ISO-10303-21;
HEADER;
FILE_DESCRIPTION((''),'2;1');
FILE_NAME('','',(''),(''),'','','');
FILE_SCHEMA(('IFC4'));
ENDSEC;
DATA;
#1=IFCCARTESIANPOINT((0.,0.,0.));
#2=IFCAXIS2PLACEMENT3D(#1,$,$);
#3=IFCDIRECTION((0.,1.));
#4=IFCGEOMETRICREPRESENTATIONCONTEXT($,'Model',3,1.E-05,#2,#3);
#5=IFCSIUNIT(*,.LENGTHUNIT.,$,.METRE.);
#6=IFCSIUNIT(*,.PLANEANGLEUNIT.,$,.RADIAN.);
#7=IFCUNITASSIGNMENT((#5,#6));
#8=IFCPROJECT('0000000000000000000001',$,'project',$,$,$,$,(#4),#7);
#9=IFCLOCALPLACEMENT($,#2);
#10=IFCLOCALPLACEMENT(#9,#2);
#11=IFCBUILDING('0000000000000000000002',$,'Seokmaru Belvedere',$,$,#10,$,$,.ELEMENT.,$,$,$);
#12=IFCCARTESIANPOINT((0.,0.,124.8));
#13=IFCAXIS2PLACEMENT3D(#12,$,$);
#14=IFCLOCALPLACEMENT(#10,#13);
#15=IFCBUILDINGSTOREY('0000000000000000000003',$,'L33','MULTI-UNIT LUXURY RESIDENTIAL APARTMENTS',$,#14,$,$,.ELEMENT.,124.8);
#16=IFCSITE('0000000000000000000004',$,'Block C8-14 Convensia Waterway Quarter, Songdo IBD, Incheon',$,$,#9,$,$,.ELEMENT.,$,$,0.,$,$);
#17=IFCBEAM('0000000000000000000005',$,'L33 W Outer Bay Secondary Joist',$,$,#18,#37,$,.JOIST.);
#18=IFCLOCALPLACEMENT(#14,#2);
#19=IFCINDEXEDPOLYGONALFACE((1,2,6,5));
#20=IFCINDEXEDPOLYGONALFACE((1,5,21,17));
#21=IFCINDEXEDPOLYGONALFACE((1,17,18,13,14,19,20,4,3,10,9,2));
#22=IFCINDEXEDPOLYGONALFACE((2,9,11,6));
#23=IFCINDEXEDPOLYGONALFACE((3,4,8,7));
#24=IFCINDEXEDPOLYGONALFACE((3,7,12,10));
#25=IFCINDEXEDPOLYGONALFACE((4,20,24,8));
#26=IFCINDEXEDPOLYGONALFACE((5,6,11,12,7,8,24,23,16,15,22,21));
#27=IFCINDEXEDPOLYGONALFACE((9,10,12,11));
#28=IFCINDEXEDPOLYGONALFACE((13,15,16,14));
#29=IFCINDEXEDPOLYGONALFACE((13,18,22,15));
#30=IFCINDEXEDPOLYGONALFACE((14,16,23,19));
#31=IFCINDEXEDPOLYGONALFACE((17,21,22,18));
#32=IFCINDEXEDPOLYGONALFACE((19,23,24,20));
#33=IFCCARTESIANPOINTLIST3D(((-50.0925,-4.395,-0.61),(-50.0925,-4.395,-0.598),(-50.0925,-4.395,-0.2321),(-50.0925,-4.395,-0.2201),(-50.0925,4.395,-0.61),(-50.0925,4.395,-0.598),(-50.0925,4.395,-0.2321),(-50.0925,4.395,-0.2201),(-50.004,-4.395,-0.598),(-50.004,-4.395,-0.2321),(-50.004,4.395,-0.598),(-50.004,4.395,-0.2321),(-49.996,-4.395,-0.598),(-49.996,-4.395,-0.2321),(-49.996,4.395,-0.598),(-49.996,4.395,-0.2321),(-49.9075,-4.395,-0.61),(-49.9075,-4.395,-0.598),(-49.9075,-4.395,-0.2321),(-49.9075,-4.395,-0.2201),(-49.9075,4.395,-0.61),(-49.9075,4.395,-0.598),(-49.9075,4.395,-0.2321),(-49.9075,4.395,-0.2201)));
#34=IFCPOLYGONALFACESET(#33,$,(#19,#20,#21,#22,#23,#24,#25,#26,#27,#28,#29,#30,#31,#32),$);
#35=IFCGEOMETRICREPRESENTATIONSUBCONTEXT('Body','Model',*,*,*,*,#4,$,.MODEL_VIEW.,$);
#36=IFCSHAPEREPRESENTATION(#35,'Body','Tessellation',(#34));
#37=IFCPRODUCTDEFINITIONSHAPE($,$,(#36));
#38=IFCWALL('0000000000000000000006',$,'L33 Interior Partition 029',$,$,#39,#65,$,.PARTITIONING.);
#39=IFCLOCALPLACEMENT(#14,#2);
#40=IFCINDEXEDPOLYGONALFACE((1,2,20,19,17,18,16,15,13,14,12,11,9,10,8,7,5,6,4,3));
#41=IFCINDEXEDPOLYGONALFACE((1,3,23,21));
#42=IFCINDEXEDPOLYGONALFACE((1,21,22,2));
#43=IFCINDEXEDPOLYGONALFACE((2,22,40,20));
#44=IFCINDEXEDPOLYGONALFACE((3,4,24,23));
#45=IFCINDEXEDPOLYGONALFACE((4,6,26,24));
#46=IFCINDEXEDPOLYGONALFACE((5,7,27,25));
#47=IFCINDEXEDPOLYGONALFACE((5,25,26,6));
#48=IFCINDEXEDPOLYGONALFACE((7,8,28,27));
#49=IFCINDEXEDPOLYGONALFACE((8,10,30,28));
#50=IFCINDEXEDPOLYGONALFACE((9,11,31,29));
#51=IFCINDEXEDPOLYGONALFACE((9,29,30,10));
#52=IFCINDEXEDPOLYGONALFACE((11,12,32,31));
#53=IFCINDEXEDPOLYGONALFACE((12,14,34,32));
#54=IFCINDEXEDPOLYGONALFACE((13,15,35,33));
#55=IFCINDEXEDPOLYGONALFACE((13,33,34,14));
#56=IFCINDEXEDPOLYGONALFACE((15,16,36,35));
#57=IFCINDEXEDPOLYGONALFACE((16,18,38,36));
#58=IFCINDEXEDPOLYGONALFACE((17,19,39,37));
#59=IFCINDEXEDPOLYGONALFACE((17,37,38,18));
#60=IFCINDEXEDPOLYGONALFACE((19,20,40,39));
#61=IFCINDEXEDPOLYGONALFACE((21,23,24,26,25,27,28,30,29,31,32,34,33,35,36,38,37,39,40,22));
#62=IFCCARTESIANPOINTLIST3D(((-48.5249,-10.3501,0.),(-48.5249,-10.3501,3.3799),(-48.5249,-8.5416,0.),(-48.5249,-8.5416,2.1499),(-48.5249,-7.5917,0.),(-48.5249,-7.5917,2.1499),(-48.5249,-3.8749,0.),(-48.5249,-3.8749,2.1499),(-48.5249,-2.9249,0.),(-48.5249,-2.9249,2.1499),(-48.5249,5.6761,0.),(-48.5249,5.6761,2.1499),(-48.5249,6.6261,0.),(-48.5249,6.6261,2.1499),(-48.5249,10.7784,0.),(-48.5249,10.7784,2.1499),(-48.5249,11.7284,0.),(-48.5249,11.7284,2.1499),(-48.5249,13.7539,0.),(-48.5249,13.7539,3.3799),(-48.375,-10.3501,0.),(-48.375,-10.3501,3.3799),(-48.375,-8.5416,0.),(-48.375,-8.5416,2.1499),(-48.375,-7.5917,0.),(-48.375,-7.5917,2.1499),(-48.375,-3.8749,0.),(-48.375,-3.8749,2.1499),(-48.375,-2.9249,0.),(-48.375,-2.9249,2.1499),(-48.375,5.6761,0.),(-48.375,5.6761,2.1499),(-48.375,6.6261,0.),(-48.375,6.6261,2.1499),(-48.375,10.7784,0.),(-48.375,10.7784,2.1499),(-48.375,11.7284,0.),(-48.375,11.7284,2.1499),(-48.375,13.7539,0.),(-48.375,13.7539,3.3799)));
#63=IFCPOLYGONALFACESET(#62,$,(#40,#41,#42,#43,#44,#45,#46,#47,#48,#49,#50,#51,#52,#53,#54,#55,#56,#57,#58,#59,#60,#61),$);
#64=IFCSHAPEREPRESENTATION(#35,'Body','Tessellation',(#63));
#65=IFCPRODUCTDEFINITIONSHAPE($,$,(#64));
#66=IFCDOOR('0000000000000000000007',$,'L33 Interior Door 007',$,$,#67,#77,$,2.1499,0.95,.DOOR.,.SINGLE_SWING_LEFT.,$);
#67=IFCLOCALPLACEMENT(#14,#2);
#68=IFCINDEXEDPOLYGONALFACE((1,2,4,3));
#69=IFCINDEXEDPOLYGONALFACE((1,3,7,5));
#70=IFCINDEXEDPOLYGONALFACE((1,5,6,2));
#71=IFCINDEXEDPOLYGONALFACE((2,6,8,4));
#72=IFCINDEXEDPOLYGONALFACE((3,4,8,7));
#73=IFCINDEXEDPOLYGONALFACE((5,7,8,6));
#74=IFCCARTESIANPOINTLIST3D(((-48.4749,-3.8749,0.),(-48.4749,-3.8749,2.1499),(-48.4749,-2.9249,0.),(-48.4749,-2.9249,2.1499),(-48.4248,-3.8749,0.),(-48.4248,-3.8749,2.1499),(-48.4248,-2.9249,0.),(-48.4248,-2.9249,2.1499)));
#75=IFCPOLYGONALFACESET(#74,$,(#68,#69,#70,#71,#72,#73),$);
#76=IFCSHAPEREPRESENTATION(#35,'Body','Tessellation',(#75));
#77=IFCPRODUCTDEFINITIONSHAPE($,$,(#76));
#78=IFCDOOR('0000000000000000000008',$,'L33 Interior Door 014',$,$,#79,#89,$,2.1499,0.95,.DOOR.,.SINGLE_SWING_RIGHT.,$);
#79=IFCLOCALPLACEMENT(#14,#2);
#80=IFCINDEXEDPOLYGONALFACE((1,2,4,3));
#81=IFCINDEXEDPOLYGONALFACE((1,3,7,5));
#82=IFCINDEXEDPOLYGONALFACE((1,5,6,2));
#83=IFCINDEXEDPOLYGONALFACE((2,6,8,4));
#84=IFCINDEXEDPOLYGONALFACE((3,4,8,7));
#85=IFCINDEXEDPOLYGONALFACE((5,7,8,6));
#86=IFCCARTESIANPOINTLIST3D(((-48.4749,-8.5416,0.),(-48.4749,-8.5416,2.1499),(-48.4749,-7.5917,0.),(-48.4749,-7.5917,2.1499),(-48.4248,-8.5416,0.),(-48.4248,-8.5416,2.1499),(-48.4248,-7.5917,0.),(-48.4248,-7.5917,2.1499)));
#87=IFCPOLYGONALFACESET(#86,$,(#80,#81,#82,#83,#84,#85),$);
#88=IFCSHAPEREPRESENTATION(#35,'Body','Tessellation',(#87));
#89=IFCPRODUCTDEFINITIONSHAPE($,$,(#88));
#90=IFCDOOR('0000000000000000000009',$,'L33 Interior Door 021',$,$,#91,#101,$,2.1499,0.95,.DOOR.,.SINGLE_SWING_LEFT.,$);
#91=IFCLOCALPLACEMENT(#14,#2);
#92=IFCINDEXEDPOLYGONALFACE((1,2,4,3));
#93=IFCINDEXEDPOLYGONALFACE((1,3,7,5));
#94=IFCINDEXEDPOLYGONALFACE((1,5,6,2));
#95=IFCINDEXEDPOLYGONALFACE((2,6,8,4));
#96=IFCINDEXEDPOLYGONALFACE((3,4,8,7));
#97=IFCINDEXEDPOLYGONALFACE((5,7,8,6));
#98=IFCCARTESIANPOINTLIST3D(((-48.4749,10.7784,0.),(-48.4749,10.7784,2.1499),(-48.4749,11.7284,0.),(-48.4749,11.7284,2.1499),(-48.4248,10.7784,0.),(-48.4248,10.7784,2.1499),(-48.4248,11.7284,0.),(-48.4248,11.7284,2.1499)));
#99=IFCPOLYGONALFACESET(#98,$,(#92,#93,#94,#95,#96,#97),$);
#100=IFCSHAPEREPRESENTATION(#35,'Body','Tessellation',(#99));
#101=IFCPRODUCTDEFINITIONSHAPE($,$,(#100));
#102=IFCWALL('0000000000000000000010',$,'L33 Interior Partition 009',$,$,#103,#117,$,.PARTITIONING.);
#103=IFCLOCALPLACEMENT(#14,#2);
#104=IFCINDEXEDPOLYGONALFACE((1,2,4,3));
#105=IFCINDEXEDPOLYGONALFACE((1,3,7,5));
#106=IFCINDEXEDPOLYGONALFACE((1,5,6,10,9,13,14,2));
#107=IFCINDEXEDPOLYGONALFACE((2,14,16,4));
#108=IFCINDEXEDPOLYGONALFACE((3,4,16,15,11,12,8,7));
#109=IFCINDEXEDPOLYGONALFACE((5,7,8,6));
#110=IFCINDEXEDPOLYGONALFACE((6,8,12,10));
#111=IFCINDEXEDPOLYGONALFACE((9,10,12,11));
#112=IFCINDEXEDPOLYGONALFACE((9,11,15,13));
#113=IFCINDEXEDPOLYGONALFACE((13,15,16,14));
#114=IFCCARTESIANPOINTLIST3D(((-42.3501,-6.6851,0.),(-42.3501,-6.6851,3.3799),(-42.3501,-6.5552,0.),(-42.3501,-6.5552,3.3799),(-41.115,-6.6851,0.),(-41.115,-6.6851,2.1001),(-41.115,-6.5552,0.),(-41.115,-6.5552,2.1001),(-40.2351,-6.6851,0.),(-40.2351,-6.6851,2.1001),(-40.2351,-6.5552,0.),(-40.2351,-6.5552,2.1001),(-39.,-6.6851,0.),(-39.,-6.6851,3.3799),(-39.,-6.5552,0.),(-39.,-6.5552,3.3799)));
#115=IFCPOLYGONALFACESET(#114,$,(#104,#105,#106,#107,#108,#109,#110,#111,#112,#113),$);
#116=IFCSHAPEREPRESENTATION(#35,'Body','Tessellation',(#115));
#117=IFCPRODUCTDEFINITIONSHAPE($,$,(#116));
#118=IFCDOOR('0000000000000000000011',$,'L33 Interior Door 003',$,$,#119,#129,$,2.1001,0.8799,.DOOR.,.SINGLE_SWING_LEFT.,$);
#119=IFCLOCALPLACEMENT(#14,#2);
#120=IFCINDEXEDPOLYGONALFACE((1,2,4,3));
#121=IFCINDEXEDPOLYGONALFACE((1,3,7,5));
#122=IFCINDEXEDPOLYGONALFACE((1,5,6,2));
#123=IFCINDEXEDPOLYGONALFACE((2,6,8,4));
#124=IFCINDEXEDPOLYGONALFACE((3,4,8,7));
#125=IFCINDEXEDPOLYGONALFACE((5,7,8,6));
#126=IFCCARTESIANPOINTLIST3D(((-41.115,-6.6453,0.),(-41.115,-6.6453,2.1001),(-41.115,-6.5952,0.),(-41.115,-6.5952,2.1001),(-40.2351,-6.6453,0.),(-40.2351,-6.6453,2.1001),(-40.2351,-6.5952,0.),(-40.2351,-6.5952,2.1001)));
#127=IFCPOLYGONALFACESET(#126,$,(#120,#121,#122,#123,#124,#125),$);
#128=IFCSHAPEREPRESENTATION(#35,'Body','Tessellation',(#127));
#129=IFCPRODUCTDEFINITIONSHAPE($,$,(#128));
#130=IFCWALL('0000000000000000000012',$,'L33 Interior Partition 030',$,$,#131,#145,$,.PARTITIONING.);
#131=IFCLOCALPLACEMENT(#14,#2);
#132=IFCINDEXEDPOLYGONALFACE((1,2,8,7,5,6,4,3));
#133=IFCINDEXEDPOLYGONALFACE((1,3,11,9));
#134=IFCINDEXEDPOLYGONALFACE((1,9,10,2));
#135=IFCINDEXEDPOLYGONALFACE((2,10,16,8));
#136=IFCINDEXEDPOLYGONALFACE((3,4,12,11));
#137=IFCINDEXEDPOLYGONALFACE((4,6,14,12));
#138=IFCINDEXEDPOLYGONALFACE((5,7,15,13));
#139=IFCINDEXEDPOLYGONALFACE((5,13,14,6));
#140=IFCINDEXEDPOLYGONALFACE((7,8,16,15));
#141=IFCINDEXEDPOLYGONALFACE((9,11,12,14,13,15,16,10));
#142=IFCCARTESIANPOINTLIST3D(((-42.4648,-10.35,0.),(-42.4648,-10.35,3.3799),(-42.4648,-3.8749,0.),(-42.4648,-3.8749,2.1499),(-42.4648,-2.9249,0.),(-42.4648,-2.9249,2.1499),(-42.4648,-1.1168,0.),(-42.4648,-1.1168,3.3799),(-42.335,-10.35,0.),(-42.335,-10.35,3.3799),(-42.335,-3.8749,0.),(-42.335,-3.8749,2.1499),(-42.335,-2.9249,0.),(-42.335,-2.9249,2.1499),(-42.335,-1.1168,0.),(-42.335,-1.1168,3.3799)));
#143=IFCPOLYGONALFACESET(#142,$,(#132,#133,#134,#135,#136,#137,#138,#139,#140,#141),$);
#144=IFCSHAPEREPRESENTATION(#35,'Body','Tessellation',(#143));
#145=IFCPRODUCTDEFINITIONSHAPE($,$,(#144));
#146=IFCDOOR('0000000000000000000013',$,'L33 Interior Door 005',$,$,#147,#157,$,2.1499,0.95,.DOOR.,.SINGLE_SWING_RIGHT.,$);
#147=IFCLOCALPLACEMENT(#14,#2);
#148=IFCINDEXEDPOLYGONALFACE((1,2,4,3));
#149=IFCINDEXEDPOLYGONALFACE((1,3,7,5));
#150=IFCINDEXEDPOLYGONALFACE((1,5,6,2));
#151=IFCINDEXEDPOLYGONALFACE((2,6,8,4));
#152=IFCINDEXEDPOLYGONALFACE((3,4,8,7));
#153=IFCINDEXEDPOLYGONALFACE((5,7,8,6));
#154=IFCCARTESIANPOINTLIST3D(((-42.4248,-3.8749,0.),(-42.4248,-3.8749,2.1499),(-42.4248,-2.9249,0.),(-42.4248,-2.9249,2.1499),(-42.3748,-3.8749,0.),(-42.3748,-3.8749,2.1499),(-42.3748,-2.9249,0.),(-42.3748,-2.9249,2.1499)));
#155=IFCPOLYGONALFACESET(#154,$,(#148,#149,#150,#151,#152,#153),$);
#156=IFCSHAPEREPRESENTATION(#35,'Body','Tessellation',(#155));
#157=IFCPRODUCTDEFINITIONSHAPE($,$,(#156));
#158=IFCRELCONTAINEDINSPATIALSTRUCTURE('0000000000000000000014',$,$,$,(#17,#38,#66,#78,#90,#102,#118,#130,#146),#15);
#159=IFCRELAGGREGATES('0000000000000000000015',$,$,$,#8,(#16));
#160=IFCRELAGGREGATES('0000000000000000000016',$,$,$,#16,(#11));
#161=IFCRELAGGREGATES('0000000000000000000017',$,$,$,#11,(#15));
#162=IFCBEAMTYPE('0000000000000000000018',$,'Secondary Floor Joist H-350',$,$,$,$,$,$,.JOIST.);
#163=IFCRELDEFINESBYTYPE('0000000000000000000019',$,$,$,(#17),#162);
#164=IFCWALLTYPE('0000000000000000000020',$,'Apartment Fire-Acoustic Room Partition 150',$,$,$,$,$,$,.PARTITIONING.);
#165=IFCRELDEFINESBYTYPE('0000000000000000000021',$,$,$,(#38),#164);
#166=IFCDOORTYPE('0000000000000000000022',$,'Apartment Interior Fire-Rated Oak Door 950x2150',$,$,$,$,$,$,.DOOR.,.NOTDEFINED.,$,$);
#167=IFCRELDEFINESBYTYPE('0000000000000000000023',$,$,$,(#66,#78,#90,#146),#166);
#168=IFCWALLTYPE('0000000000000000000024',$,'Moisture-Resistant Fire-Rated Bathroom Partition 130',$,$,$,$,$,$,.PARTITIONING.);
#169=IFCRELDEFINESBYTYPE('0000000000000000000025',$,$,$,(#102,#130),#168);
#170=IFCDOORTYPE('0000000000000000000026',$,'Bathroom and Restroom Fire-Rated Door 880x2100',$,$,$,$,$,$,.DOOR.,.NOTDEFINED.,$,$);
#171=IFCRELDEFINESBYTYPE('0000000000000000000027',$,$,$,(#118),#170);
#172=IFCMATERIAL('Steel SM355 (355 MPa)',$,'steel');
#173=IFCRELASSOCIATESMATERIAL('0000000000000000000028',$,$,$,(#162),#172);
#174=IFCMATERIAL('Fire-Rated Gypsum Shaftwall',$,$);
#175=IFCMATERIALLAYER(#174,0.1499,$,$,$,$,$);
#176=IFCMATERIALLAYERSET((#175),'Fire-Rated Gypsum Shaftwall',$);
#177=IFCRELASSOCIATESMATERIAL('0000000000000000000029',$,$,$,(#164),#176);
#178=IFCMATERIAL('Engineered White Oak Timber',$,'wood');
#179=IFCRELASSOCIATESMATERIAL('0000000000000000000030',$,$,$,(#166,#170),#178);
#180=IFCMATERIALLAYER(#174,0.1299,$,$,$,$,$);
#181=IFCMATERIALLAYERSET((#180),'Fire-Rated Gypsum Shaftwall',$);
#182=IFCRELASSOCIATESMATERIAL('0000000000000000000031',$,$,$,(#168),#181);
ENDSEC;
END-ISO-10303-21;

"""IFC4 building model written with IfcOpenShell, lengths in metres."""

from ifc_helpers import new_model, si_unit, direction, frame, frame_2d, origin, origin_2d, place, context, subcontext, project, spatial, rectangle, i_section, extrude, source, transform, mapped, material, layer, layer_set, material_profile, profile_set, type_object, type_shapes, element, fill, save


model = new_model("IFC4")

# Units and contexts
model_context = context("Model", 3, precision=1e-05, world=origin(), true_north=direction((0.0, 1.0)))
body_context = subcontext(model_context, "Body", "Model", "MODEL_VIEW")
ifc_project = project(units=[si_unit("LENGTHUNIT", "METRE"), si_unit("PLANEANGLEUNIT", "RADIAN")], contexts=[model_context])

# Site, building, storey
site_placement = place(None, origin())
site = spatial("IfcSite", under=ifc_project, at=site_placement, Name="Block C8-14 Convensia Waterway Quarter, Songdo IBD, Incheon", CompositionType="ELEMENT", RefElevation=0.0)
building_placement = place(site_placement, origin())
building = spatial("IfcBuilding", under=site, at=building_placement, Name="Seokmaru Belvedere", CompositionType="ELEMENT")
storey_placement = place(building_placement, frame((0.0, 0.0, 124.8)))
storey = spatial("IfcBuildingStorey", under=building, at=storey_placement, Name="L33", Description="MULTI-UNIT LUXURY RESIDENTIAL APARTMENTS", CompositionType="ELEMENT", Elevation=124.8)

# Shared definitions
ifc_material_1 = material(Name="Steel SM355 (355 MPa)", Category="steel")

# Beam
ifc_material_profile_1 = material_profile(ifc_material_1, i_section(OverallWidth=0.1851, OverallDepth=0.3899, WebThickness=0.0081, FlangeThickness=0.012, at=origin_2d()), Name="H-390x185x8x12")
ifc_profile_set_1 = profile_set([ifc_material_profile_1], Name="Steel SM355 (355 MPa)")
beam_type_1 = type_object("IfcBeamType", Name="Secondary Floor Joist H-350", PredefinedType="JOIST", material=ifc_profile_set_1)
shared_shape_1 = source(origin(), body_context, "Body", "SweptSolid", [
    extrude(i_section(OverallWidth=0.1851, OverallDepth=0.3899, WebThickness=0.0081, FlangeThickness=0.012, at=origin_2d()), origin(), (0.0, 0.0, 1.0), 8.79),
])
type_shapes(beam_type_1, [shared_shape_1])
for number, where, z_axis, x_axis, name in (
    (1, (-50.0, -4.395, -0.415), (0.0, 1.0, 0.0), (-1.0, 0.0, 0.0), "L33 W Outer Bay Secondary Joist"),
):
    element("IfcBeam", number, at=place(storey_placement, frame(where, z_axis=z_axis, x_axis=x_axis)), inside=storey, type_object=beam_type_1, Name=name, PredefinedType="JOIST", context=body_context, shape_type="MappedRepresentation", body=[
        mapped(shared_shape_1, transform((0.0, 0.0, 0.0), scale=1.0)),
    ])

# Wall, openings, doors
ifc_material_2 = material(Name="Fire-Rated Gypsum Shaftwall")
ifc_layer_1 = layer(ifc_material_2, 0.1499)
ifc_layer_set_1 = layer_set([ifc_layer_1], Name="Fire-Rated Gypsum Shaftwall")
wall_type_1 = type_object("IfcWallType", Name="Apartment Fire-Acoustic Room Partition 150", PredefinedType="PARTITIONING", material=ifc_layer_set_1)
wall_1_placement = place(storey_placement, frame((-48.45, -10.3501, 0.0), z_axis=(0.0, 0.0, 1.0), x_axis=(0.0, 1.0, 0.0)))
wall_1 = element("IfcWall", 2, at=wall_1_placement, inside=storey, type_object=wall_type_1, Name="L33 Interior Partition 029", PredefinedType="PARTITIONING", context=body_context, shape_type="SweptSolid", body=[
    extrude(rectangle(XDim=24.104, YDim=0.1499, at=frame_2d((12.052, 0.0))), origin(), (0.0, 0.0, 1.0), 3.3799),
])
opening_1_placement = place(wall_1_placement, frame((6.4751, 0.0, 0.0)))
opening_1 = element("IfcOpeningElement", 3, at=opening_1_placement, cuts=wall_1, PredefinedType="OPENING", context=body_context, shape_type="SweptSolid", body=[
    extrude(rectangle(XDim=0.95, YDim=2.1499, at=frame_2d((0.4751, 1.075))), frame((0.0, 0.085, 0.0), z_axis=(0.0, -1.0, 0.0), x_axis=(1.0, 0.0, 0.0)), (0.0, 0.0, 1.0), 0.1699),
])
opening_2_placement = place(wall_1_placement, frame((1.8083, 0.0, 0.0)))
opening_2 = element("IfcOpeningElement", 4, at=opening_2_placement, cuts=wall_1, PredefinedType="OPENING", context=body_context, shape_type="SweptSolid", body=[
    extrude(rectangle(XDim=0.95, YDim=2.1499, at=frame_2d((0.4751, 1.075))), frame((0.0, 0.085, 0.0), z_axis=(0.0, -1.0, 0.0), x_axis=(1.0, 0.0, 0.0)), (0.0, 0.0, 1.0), 0.1699),
])
opening_3_placement = place(wall_1_placement, frame((21.1284, 0.0, 0.0)))
opening_3 = element("IfcOpeningElement", 5, at=opening_3_placement, cuts=wall_1, PredefinedType="OPENING", context=body_context, shape_type="SweptSolid", body=[
    extrude(rectangle(XDim=0.95, YDim=2.1499, at=frame_2d((0.4751, 1.075))), frame((0.0, 0.085, 0.0), z_axis=(0.0, -1.0, 0.0), x_axis=(1.0, 0.0, 0.0)), (0.0, 0.0, 1.0), 0.1699),
])
opening_4_placement = place(wall_1_placement, frame((16.0261, 0.0, 0.0)))
element("IfcOpeningElement", 6, at=opening_4_placement, cuts=wall_1, PredefinedType="OPENING", context=body_context, shape_type="SweptSolid", body=[
    extrude(rectangle(XDim=0.95, YDim=2.1499, at=frame_2d((0.4751, 1.075))), frame((0.0, 0.085, 0.0), z_axis=(0.0, -1.0, 0.0), x_axis=(1.0, 0.0, 0.0)), (0.0, 0.0, 1.0), 0.1699),
])
ifc_material_3 = material(Name="Engineered White Oak Timber", Category="wood")
door_type_1 = type_object("IfcDoorType", Name="Apartment Interior Fire-Rated Oak Door 950x2150", OperationType="NOTDEFINED", PredefinedType="DOOR", material=ifc_material_3)
shared_shape_2 = source(origin(), body_context, "Body", "SweptSolid", [
    extrude(rectangle(XDim=0.95, YDim=2.1499, at=frame_2d((0.4751, 1.075))), frame((0.0, 0.0249, 0.0), z_axis=(0.0, -1.0, 0.0), x_axis=(1.0, 0.0, 0.0)), (0.0, 0.0, 1.0), 0.05),
])
type_shapes(door_type_1, [shared_shape_2])
door_1_placement = place(opening_1_placement, origin())
door_1 = element("IfcDoor", 7, at=door_1_placement, inside=storey, type_object=door_type_1, Name="L33 Interior Door 007", OperationType="SINGLE_SWING_LEFT", OverallHeight=2.1499, OverallWidth=0.95, PredefinedType="DOOR", context=body_context, shape_type="MappedRepresentation", body=[
    mapped(shared_shape_2, transform((0.0, 0.0, 0.0), scale=1.0)),
])
fill(opening_1, door_1)
door_2_placement = place(opening_2_placement, origin())
door_2 = element("IfcDoor", 8, at=door_2_placement, inside=storey, type_object=door_type_1, Name="L33 Interior Door 014", OperationType="SINGLE_SWING_RIGHT", OverallHeight=2.1499, OverallWidth=0.95, PredefinedType="DOOR", context=body_context, shape_type="MappedRepresentation", body=[
    mapped(shared_shape_2, transform((0.0, 0.0, 0.0), scale=1.0)),
])
fill(opening_2, door_2)
door_3_placement = place(opening_3_placement, origin())
door_3 = element("IfcDoor", 9, at=door_3_placement, inside=storey, type_object=door_type_1, Name="L33 Interior Door 021", OperationType="SINGLE_SWING_LEFT", OverallHeight=2.1499, OverallWidth=0.95, PredefinedType="DOOR", context=body_context, shape_type="MappedRepresentation", body=[
    mapped(shared_shape_2, transform((0.0, 0.0, 0.0), scale=1.0)),
])
fill(opening_3, door_3)

# Walls, openings, doors
ifc_layer_2 = layer(ifc_material_2, 0.1299)
ifc_layer_set_2 = layer_set([ifc_layer_2], Name="Fire-Rated Gypsum Shaftwall")
wall_type_2 = type_object("IfcWallType", Name="Moisture-Resistant Fire-Rated Bathroom Partition 130", PredefinedType="PARTITIONING", material=ifc_layer_set_2)
wall_2_placement = place(storey_placement, frame((-42.3501, -6.6201, 0.0), z_axis=(0.0, 0.0, 1.0), x_axis=(1.0, 0.0, 0.0)))
wall_2 = element("IfcWall", 10, at=wall_2_placement, inside=storey, type_object=wall_type_2, Name="L33 Interior Partition 009", PredefinedType="PARTITIONING", context=body_context, shape_type="SweptSolid", body=[
    extrude(rectangle(XDim=3.3501, YDim=0.1299, at=frame_2d((1.675, 0.0))), origin(), (0.0, 0.0, 1.0), 3.3799),
])
opening_5_placement = place(wall_2_placement, frame((1.2351, 0.0, 0.0)))
opening_5 = element("IfcOpeningElement", 11, at=opening_5_placement, cuts=wall_2, PredefinedType="OPENING", context=body_context, shape_type="SweptSolid", body=[
    extrude(rectangle(XDim=0.8799, YDim=2.1001, at=frame_2d((0.4399, 1.05))), frame((0.0, 0.075, 0.0), z_axis=(0.0, -1.0, 0.0), x_axis=(1.0, 0.0, 0.0)), (0.0, 0.0, 1.0), 0.1499),
])
door_type_2 = type_object("IfcDoorType", Name="Bathroom and Restroom Fire-Rated Door 880x2100", OperationType="NOTDEFINED", PredefinedType="DOOR", material=ifc_material_3)
shared_shape_3 = source(origin(), body_context, "Body", "SweptSolid", [
    extrude(rectangle(XDim=0.8799, YDim=2.1001, at=frame_2d((0.4399, 1.05))), frame((0.0, 0.0249, 0.0), z_axis=(0.0, -1.0, 0.0), x_axis=(1.0, 0.0, 0.0)), (0.0, 0.0, 1.0), 0.05),
])
type_shapes(door_type_2, [shared_shape_3])
door_4_placement = place(opening_5_placement, origin())
door_4 = element("IfcDoor", 12, at=door_4_placement, inside=storey, type_object=door_type_2, Name="L33 Interior Door 003", OperationType="SINGLE_SWING_LEFT", OverallHeight=2.1001, OverallWidth=0.8799, PredefinedType="DOOR", context=body_context, shape_type="MappedRepresentation", body=[
    mapped(shared_shape_3, transform((0.0, 0.0, 0.0), scale=1.0)),
])
fill(opening_5, door_4)
wall_3_placement = place(storey_placement, frame((-42.3999, -10.3501, 0.0), z_axis=(0.0, 0.0, 1.0), x_axis=(0.0, 1.0, 0.0)))
wall_3 = element("IfcWall", 13, at=wall_3_placement, inside=storey, type_object=wall_type_2, Name="L33 Interior Partition 030", PredefinedType="PARTITIONING", context=body_context, shape_type="SweptSolid", body=[
    extrude(rectangle(XDim=9.2332, YDim=0.1299, at=frame_2d((4.6167, 0.0))), origin(), (0.0, 0.0, 1.0), 3.3799),
])
opening_6_placement = place(wall_3_placement, frame((6.4751, 0.0, 0.0)))
opening_6 = element("IfcOpeningElement", 14, at=opening_6_placement, cuts=wall_3, PredefinedType="OPENING", context=body_context, shape_type="SweptSolid", body=[
    extrude(rectangle(XDim=0.95, YDim=2.1499, at=frame_2d((0.4751, 1.075))), frame((0.0, 0.075, 0.0), z_axis=(0.0, -1.0, 0.0), x_axis=(1.0, 0.0, 0.0)), (0.0, 0.0, 1.0), 0.1499),
])
door_5_placement = place(opening_6_placement, origin())
door_5 = element("IfcDoor", 15, at=door_5_placement, inside=storey, type_object=door_type_1, Name="L33 Interior Door 005", OperationType="SINGLE_SWING_RIGHT", OverallHeight=2.1499, OverallWidth=0.95, PredefinedType="DOOR", context=body_context, shape_type="MappedRepresentation", body=[
    mapped(shared_shape_2, transform((0.0, 0.0, 0.0), scale=1.0)),
])
fill(opening_6, door_5)

save(model, "model.ifc")
